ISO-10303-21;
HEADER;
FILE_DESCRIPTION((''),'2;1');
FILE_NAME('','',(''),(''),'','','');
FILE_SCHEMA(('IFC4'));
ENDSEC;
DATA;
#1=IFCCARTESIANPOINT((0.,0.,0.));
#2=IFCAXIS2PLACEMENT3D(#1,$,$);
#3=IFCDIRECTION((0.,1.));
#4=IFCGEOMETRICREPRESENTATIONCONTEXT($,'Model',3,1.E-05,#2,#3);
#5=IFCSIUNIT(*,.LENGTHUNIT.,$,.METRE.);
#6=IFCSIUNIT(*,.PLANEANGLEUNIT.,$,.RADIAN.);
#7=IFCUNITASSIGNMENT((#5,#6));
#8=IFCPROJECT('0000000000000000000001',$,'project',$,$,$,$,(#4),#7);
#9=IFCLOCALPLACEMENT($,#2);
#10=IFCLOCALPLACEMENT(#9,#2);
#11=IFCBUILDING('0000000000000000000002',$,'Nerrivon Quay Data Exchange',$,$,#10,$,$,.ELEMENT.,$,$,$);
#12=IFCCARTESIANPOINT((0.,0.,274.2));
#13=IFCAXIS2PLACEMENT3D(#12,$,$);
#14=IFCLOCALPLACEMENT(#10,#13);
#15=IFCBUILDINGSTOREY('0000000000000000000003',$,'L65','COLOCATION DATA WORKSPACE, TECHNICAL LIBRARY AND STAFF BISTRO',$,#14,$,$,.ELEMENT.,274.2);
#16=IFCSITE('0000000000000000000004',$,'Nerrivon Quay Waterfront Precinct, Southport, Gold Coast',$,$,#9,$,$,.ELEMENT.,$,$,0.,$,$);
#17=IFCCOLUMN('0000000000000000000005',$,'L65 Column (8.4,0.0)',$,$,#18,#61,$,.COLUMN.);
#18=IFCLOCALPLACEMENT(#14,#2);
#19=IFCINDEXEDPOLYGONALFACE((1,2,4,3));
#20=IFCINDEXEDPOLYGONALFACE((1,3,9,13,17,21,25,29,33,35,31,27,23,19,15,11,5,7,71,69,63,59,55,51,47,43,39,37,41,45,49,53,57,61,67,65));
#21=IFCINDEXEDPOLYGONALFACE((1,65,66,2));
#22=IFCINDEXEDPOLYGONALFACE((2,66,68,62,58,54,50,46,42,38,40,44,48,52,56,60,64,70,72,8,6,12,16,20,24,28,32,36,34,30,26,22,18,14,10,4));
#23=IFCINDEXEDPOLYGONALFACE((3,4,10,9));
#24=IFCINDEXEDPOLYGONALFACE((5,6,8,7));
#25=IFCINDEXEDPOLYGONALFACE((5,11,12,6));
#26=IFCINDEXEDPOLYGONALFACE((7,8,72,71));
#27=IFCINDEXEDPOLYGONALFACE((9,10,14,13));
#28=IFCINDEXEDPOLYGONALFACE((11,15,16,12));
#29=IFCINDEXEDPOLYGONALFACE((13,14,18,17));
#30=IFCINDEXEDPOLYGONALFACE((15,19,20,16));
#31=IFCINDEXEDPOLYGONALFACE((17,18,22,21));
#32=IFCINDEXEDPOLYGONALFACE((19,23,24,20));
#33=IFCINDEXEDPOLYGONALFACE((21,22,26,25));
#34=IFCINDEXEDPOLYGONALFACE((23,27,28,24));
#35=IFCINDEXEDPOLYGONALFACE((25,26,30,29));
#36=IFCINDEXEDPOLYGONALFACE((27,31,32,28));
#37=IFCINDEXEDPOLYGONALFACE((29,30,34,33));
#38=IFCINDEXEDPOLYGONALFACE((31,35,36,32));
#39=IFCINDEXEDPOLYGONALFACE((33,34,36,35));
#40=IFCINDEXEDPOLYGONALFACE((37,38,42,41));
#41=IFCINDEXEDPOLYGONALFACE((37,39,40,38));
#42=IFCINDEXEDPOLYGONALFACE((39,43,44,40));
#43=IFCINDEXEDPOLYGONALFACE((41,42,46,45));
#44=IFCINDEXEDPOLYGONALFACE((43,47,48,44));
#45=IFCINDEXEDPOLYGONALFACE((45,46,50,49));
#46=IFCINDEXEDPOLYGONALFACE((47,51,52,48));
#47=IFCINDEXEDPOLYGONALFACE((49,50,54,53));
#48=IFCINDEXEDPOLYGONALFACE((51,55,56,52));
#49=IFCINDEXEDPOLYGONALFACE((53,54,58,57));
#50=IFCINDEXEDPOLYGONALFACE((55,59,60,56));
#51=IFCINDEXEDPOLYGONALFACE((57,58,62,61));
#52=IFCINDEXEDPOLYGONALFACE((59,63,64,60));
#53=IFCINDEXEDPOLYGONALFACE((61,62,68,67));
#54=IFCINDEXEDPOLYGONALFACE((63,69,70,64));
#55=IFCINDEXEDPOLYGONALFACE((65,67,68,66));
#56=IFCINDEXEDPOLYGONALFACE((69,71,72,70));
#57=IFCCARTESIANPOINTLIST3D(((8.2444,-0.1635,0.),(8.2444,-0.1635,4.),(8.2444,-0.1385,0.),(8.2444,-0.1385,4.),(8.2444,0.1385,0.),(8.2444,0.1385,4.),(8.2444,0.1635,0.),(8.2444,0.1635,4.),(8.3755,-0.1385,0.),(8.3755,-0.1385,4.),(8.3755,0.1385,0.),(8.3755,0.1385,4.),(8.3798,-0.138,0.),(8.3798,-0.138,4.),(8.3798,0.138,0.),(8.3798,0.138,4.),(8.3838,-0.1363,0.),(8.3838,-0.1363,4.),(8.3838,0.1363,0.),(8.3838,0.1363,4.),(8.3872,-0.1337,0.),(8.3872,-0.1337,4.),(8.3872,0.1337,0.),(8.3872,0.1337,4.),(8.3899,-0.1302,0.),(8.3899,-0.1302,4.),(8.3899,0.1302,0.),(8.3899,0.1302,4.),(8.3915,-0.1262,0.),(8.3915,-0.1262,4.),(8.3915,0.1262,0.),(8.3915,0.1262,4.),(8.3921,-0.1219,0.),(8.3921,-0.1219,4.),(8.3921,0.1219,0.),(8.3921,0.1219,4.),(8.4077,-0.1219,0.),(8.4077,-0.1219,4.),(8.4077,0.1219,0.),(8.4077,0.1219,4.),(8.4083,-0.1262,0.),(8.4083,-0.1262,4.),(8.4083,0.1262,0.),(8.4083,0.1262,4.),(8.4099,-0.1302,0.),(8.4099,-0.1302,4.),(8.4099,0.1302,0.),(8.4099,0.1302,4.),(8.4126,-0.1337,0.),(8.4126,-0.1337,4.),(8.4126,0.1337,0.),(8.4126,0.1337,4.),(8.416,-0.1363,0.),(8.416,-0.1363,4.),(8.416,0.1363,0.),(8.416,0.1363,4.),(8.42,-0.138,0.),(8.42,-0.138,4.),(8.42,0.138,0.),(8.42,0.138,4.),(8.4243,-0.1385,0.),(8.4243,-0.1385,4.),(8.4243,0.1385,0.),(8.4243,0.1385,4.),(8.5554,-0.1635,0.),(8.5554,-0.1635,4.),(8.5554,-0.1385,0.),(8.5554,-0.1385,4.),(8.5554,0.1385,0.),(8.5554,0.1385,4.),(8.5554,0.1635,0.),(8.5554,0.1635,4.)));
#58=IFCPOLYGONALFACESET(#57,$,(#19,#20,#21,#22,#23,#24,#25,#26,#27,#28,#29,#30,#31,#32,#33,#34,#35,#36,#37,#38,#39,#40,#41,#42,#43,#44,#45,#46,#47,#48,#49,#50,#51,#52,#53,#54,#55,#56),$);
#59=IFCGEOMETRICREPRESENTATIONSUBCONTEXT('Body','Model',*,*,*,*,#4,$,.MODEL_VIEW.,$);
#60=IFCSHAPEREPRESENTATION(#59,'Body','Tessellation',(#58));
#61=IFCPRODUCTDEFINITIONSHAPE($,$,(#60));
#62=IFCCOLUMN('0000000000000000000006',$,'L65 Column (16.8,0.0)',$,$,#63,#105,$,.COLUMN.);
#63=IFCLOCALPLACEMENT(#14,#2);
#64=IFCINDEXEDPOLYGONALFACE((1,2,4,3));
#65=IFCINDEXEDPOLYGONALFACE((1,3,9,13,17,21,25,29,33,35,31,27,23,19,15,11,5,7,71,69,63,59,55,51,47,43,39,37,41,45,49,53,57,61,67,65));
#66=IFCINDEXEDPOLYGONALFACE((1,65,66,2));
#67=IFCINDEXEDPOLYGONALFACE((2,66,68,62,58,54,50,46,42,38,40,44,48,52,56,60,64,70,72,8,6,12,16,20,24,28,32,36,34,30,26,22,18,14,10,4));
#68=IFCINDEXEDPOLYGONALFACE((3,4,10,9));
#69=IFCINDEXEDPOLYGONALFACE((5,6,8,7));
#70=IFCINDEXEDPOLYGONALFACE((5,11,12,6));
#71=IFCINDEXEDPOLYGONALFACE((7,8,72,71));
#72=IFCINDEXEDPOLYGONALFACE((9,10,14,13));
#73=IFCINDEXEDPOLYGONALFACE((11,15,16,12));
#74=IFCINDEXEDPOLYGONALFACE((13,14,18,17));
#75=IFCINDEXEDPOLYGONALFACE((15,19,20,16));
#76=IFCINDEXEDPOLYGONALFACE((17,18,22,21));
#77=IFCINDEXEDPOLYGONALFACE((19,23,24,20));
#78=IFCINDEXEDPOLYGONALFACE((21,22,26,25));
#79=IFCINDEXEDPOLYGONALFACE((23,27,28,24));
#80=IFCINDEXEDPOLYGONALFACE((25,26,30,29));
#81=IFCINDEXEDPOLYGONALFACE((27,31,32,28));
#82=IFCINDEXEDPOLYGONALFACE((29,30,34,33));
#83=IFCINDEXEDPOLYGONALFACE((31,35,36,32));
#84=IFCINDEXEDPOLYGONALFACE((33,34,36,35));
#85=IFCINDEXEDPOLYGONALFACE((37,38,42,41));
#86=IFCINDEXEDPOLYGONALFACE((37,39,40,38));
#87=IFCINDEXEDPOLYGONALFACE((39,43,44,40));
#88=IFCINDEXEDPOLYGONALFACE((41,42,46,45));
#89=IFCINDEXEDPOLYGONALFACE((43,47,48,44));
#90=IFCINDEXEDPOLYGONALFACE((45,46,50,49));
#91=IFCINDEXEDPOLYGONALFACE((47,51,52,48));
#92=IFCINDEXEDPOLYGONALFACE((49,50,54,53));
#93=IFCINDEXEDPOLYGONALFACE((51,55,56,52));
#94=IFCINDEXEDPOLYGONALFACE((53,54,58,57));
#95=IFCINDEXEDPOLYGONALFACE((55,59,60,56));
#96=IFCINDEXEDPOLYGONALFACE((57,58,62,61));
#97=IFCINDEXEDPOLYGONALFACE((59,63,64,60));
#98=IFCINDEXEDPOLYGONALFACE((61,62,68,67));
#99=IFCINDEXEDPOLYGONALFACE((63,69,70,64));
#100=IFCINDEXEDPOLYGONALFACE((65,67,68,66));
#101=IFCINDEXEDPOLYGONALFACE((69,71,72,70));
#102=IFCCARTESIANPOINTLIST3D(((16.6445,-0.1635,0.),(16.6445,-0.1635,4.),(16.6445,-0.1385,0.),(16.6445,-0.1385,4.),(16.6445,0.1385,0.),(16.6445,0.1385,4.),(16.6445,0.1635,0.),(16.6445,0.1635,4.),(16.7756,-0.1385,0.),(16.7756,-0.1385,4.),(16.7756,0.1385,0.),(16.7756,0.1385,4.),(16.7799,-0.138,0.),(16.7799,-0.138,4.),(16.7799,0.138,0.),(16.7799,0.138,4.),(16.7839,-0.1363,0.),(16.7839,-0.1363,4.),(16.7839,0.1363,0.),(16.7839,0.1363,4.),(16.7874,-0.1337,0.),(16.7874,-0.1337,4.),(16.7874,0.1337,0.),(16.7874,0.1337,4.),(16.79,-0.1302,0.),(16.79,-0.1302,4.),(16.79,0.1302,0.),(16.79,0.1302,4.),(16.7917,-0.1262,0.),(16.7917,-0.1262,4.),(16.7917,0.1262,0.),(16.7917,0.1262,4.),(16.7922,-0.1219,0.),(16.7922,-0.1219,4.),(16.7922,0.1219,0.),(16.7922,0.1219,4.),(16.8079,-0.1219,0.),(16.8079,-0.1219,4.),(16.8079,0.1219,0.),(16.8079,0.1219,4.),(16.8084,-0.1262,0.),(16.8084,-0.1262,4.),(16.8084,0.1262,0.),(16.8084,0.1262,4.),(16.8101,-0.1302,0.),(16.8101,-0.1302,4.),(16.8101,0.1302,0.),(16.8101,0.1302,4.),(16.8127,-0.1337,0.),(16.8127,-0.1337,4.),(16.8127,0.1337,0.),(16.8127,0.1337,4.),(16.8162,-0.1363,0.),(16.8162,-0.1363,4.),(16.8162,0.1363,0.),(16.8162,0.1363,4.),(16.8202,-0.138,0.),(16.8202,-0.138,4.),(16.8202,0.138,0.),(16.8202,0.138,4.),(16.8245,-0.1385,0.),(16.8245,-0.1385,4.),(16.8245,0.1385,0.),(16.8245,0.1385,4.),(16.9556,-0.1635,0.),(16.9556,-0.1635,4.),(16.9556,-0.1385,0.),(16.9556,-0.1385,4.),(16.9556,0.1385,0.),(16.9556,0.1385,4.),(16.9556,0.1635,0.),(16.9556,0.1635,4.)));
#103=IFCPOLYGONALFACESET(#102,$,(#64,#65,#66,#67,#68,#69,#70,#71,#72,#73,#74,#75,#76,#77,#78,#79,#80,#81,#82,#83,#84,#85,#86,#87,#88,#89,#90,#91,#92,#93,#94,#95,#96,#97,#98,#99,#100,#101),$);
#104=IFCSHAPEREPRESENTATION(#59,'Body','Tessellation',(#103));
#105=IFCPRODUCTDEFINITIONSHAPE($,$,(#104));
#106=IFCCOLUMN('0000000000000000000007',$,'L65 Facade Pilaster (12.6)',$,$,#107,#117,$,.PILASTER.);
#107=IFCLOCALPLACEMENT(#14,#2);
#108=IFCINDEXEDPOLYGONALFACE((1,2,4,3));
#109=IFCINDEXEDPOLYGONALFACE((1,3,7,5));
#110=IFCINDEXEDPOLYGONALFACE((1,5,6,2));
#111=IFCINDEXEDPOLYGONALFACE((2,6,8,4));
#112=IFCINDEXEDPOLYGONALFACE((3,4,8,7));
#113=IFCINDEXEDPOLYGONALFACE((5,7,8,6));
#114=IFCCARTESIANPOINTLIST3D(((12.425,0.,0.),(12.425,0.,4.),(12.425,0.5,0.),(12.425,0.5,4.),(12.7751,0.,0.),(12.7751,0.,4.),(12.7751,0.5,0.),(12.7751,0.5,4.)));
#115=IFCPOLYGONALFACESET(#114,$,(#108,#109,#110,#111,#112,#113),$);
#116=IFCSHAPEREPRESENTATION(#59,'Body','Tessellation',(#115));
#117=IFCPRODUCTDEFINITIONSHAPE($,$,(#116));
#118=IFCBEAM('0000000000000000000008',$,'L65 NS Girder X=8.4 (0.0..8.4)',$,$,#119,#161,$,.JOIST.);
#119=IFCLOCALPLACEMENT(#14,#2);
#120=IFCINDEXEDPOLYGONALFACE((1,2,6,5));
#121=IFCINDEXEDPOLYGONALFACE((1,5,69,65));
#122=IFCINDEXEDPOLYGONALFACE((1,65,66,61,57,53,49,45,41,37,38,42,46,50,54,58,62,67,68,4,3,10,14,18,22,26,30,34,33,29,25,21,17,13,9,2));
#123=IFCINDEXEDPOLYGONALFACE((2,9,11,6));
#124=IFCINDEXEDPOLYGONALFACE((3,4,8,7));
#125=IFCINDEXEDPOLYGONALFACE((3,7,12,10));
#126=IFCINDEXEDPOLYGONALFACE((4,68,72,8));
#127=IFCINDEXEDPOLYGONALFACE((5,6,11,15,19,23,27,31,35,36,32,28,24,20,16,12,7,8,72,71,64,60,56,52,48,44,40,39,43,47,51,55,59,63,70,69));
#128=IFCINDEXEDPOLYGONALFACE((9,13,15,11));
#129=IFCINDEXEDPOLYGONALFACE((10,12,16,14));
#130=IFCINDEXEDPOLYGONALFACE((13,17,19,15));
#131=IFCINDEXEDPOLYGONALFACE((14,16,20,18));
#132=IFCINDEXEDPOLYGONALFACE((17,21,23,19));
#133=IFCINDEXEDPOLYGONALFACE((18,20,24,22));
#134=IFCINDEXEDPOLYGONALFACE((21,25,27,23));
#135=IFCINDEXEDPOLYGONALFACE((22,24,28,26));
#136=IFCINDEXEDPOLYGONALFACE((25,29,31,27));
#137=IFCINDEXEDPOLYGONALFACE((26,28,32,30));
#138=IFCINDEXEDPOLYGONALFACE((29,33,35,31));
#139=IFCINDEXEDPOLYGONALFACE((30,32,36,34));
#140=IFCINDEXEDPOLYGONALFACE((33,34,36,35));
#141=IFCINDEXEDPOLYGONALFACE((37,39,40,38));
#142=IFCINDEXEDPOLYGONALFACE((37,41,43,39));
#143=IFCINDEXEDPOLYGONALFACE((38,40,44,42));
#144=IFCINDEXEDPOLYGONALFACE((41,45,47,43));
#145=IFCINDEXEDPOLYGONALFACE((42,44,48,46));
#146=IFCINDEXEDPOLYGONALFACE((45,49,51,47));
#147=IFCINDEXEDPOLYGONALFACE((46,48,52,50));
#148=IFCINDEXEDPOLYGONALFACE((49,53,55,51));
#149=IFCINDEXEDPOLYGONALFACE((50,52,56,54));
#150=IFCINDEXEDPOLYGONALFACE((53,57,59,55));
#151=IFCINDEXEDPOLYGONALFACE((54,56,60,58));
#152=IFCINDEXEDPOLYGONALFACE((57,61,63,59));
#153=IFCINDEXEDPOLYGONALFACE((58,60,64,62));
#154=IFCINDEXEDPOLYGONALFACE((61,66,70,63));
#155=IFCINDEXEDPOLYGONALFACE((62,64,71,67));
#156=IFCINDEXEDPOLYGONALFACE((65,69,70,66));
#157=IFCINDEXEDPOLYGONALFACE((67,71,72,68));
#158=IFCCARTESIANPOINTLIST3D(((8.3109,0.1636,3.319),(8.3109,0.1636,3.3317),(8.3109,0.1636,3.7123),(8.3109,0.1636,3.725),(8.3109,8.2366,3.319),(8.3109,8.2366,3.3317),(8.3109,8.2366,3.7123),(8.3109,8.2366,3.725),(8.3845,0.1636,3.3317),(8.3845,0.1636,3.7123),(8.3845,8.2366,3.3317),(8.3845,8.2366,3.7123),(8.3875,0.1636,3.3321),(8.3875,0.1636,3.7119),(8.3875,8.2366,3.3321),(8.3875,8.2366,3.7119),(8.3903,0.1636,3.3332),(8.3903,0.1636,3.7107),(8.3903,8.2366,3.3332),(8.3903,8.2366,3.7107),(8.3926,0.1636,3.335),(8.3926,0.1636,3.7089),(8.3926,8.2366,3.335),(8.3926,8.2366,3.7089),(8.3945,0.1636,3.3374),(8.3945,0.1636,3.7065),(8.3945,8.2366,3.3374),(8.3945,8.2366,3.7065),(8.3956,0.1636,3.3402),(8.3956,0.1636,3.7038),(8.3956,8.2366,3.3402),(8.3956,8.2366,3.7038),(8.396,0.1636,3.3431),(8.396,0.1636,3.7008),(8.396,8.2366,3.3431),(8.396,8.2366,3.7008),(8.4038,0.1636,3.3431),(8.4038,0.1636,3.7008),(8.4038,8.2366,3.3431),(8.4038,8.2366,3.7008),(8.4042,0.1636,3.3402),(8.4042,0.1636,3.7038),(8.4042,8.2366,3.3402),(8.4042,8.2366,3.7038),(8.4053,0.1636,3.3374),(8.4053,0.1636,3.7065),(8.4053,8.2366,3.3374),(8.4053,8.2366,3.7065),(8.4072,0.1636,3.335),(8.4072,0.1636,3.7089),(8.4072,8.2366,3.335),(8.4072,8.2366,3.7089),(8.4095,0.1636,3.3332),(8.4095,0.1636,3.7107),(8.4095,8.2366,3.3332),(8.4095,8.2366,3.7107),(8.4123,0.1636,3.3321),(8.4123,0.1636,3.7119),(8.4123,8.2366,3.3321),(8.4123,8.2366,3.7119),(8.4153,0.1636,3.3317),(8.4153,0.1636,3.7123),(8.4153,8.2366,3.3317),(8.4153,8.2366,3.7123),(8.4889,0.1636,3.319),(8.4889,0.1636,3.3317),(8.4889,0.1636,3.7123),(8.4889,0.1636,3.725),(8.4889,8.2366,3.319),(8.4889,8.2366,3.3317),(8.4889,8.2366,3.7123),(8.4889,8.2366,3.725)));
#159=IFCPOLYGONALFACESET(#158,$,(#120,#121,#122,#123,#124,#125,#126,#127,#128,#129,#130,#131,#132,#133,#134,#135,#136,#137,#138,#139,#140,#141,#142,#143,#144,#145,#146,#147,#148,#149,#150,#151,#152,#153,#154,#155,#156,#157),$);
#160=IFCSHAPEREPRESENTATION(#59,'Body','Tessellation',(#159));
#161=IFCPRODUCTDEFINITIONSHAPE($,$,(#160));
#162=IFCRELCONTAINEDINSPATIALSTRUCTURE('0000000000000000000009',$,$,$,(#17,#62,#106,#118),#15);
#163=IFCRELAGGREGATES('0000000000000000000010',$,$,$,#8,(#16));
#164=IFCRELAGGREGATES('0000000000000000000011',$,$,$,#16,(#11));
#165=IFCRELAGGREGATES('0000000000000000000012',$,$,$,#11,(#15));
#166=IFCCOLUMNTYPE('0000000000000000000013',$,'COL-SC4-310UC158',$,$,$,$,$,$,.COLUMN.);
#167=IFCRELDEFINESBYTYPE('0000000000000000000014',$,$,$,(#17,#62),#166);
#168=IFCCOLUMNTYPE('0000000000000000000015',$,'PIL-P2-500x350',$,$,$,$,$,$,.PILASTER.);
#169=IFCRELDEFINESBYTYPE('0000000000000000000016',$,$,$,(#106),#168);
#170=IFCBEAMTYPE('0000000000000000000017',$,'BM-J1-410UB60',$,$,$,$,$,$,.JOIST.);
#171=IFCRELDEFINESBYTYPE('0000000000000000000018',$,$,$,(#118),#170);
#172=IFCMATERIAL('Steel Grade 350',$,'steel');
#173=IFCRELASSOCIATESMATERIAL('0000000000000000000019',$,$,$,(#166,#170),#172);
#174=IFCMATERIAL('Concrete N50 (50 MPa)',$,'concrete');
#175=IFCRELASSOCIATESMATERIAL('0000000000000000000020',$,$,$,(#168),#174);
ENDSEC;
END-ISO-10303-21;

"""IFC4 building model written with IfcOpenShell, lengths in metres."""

from ifc_helpers import new_model, si_unit, direction, frame, origin, origin_2d, place, context, subcontext, project, spatial, rectangle, i_section, extrude, material, material_profile, profile_set, type_object, element, save


model = new_model("IFC4")

# Units and contexts
model_context = context("Model", 3, precision=1e-05, world=origin(), true_north=direction((0.0, 1.0)))
body_context = subcontext(model_context, "Body", "Model", "MODEL_VIEW")
ifc_project = project(units=[si_unit("LENGTHUNIT", "METRE"), si_unit("PLANEANGLEUNIT", "RADIAN")], contexts=[model_context])

# Site, building, storey
site_placement = place(None, origin())
site = spatial("IfcSite", under=ifc_project, at=site_placement, Name="Nerrivon Quay Waterfront Precinct, Southport, Gold Coast", CompositionType="ELEMENT", RefElevation=0.0)
building_placement = place(site_placement, origin())
building = spatial("IfcBuilding", under=site, at=building_placement, Name="Nerrivon Quay Data Exchange", CompositionType="ELEMENT")
storey_placement = place(building_placement, frame((0.0, 0.0, 274.2)))
storey = spatial("IfcBuildingStorey", under=building, at=storey_placement, Name="L65", Description="COLOCATION DATA WORKSPACE, TECHNICAL LIBRARY AND STAFF BISTRO", CompositionType="ELEMENT", Elevation=274.2)

# Columns
ifc_material_1 = material(Name="Steel Grade 350", Category="steel")
ifc_material_profile_1 = material_profile(ifc_material_1, i_section(OverallWidth=0.311, OverallDepth=0.3269, WebThickness=0.0156, FlangeThickness=0.0249, FilletRadius=0.0166, at=origin_2d()), Name="310UC158")
ifc_profile_set_1 = profile_set([ifc_material_profile_1], Name="Steel Grade 350")
column_type_1 = type_object("IfcColumnType", Name="COL-SC4-310UC158", PredefinedType="COLUMN", material=ifc_profile_set_1)
for number, where, z_axis, x_axis, name in (
    (1, (8.3999, 0.0, 0.0), (0.0, 0.0, 1.0), (1.0, 0.0, 0.0), "L65 Column (8.4,0.0)"),
    (2, (16.8, 0.0, 0.0), (0.0, 0.0, 1.0), (1.0, 0.0, 0.0), "L65 Column (16.8,0.0)"),
):
    element("IfcColumn", number, at=place(storey_placement, frame(where, z_axis=z_axis, x_axis=x_axis)), inside=storey, type_object=column_type_1, Name=name, PredefinedType="COLUMN", context=body_context, shape_type="SweptSolid", body=[
        extrude(i_section(OverallWidth=0.311, OverallDepth=0.3269, WebThickness=0.0156, FlangeThickness=0.0249, FilletRadius=0.0166, at=origin_2d()), origin(), (0.0, 0.0, 1.0), 4.0),
    ])
ifc_material_2 = material(Name="Concrete N50 (50 MPa)", Category="concrete")
ifc_material_profile_2 = material_profile(ifc_material_2, rectangle(XDim=0.3501, YDim=0.5, at=origin_2d()), Name="RC-PIL-500x350")
ifc_profile_set_2 = profile_set([ifc_material_profile_2], Name="Concrete N50 (50 MPa)")
column_type_2 = type_object("IfcColumnType", Name="PIL-P2-500x350", PredefinedType="PILASTER", material=ifc_profile_set_2)
column_placement = place(storey_placement, frame((12.6001, 0.25, 0.0), z_axis=(0.0, 0.0, 1.0), x_axis=(1.0, 0.0, 0.0)))
element("IfcColumn", 3, at=column_placement, inside=storey, type_object=column_type_2, Name="L65 Facade Pilaster (12.6)", PredefinedType="PILASTER", context=body_context, shape_type="SweptSolid", body=[
    extrude(rectangle(XDim=0.3501, YDim=0.5, at=origin_2d()), origin(), (0.0, 0.0, 1.0), 4.0),
])

# Beam
ifc_material_profile_3 = material_profile(ifc_material_1, i_section(OverallWidth=0.178, OverallDepth=0.406, WebThickness=0.0078, FlangeThickness=0.0127, FilletRadius=0.0115, at=origin_2d()), Name="410UB59.7")
ifc_profile_set_3 = profile_set([ifc_material_profile_3], Name="Steel Grade 350")
beam_type_1 = type_object("IfcBeamType", Name="BM-J1-410UB60", PredefinedType="JOIST", material=ifc_profile_set_3)
beam_1_placement = place(storey_placement, frame((8.3999, 0.1636, 3.522), z_axis=(0.0, 1.0, 0.0), x_axis=(-1.0, 0.0, 0.0)))
element("IfcBeam", 4, at=beam_1_placement, inside=storey, type_object=beam_type_1, Name="L65 NS Girder X=8.4 (0.0..8.4)", PredefinedType="JOIST", context=body_context, shape_type="SweptSolid", body=[
    extrude(i_section(OverallWidth=0.178, OverallDepth=0.406, WebThickness=0.0078, FlangeThickness=0.0127, FilletRadius=0.0115, at=origin_2d()), origin(), (0.0, 0.0, 1.0), 8.073),
])

save(model, "model.ifc")
